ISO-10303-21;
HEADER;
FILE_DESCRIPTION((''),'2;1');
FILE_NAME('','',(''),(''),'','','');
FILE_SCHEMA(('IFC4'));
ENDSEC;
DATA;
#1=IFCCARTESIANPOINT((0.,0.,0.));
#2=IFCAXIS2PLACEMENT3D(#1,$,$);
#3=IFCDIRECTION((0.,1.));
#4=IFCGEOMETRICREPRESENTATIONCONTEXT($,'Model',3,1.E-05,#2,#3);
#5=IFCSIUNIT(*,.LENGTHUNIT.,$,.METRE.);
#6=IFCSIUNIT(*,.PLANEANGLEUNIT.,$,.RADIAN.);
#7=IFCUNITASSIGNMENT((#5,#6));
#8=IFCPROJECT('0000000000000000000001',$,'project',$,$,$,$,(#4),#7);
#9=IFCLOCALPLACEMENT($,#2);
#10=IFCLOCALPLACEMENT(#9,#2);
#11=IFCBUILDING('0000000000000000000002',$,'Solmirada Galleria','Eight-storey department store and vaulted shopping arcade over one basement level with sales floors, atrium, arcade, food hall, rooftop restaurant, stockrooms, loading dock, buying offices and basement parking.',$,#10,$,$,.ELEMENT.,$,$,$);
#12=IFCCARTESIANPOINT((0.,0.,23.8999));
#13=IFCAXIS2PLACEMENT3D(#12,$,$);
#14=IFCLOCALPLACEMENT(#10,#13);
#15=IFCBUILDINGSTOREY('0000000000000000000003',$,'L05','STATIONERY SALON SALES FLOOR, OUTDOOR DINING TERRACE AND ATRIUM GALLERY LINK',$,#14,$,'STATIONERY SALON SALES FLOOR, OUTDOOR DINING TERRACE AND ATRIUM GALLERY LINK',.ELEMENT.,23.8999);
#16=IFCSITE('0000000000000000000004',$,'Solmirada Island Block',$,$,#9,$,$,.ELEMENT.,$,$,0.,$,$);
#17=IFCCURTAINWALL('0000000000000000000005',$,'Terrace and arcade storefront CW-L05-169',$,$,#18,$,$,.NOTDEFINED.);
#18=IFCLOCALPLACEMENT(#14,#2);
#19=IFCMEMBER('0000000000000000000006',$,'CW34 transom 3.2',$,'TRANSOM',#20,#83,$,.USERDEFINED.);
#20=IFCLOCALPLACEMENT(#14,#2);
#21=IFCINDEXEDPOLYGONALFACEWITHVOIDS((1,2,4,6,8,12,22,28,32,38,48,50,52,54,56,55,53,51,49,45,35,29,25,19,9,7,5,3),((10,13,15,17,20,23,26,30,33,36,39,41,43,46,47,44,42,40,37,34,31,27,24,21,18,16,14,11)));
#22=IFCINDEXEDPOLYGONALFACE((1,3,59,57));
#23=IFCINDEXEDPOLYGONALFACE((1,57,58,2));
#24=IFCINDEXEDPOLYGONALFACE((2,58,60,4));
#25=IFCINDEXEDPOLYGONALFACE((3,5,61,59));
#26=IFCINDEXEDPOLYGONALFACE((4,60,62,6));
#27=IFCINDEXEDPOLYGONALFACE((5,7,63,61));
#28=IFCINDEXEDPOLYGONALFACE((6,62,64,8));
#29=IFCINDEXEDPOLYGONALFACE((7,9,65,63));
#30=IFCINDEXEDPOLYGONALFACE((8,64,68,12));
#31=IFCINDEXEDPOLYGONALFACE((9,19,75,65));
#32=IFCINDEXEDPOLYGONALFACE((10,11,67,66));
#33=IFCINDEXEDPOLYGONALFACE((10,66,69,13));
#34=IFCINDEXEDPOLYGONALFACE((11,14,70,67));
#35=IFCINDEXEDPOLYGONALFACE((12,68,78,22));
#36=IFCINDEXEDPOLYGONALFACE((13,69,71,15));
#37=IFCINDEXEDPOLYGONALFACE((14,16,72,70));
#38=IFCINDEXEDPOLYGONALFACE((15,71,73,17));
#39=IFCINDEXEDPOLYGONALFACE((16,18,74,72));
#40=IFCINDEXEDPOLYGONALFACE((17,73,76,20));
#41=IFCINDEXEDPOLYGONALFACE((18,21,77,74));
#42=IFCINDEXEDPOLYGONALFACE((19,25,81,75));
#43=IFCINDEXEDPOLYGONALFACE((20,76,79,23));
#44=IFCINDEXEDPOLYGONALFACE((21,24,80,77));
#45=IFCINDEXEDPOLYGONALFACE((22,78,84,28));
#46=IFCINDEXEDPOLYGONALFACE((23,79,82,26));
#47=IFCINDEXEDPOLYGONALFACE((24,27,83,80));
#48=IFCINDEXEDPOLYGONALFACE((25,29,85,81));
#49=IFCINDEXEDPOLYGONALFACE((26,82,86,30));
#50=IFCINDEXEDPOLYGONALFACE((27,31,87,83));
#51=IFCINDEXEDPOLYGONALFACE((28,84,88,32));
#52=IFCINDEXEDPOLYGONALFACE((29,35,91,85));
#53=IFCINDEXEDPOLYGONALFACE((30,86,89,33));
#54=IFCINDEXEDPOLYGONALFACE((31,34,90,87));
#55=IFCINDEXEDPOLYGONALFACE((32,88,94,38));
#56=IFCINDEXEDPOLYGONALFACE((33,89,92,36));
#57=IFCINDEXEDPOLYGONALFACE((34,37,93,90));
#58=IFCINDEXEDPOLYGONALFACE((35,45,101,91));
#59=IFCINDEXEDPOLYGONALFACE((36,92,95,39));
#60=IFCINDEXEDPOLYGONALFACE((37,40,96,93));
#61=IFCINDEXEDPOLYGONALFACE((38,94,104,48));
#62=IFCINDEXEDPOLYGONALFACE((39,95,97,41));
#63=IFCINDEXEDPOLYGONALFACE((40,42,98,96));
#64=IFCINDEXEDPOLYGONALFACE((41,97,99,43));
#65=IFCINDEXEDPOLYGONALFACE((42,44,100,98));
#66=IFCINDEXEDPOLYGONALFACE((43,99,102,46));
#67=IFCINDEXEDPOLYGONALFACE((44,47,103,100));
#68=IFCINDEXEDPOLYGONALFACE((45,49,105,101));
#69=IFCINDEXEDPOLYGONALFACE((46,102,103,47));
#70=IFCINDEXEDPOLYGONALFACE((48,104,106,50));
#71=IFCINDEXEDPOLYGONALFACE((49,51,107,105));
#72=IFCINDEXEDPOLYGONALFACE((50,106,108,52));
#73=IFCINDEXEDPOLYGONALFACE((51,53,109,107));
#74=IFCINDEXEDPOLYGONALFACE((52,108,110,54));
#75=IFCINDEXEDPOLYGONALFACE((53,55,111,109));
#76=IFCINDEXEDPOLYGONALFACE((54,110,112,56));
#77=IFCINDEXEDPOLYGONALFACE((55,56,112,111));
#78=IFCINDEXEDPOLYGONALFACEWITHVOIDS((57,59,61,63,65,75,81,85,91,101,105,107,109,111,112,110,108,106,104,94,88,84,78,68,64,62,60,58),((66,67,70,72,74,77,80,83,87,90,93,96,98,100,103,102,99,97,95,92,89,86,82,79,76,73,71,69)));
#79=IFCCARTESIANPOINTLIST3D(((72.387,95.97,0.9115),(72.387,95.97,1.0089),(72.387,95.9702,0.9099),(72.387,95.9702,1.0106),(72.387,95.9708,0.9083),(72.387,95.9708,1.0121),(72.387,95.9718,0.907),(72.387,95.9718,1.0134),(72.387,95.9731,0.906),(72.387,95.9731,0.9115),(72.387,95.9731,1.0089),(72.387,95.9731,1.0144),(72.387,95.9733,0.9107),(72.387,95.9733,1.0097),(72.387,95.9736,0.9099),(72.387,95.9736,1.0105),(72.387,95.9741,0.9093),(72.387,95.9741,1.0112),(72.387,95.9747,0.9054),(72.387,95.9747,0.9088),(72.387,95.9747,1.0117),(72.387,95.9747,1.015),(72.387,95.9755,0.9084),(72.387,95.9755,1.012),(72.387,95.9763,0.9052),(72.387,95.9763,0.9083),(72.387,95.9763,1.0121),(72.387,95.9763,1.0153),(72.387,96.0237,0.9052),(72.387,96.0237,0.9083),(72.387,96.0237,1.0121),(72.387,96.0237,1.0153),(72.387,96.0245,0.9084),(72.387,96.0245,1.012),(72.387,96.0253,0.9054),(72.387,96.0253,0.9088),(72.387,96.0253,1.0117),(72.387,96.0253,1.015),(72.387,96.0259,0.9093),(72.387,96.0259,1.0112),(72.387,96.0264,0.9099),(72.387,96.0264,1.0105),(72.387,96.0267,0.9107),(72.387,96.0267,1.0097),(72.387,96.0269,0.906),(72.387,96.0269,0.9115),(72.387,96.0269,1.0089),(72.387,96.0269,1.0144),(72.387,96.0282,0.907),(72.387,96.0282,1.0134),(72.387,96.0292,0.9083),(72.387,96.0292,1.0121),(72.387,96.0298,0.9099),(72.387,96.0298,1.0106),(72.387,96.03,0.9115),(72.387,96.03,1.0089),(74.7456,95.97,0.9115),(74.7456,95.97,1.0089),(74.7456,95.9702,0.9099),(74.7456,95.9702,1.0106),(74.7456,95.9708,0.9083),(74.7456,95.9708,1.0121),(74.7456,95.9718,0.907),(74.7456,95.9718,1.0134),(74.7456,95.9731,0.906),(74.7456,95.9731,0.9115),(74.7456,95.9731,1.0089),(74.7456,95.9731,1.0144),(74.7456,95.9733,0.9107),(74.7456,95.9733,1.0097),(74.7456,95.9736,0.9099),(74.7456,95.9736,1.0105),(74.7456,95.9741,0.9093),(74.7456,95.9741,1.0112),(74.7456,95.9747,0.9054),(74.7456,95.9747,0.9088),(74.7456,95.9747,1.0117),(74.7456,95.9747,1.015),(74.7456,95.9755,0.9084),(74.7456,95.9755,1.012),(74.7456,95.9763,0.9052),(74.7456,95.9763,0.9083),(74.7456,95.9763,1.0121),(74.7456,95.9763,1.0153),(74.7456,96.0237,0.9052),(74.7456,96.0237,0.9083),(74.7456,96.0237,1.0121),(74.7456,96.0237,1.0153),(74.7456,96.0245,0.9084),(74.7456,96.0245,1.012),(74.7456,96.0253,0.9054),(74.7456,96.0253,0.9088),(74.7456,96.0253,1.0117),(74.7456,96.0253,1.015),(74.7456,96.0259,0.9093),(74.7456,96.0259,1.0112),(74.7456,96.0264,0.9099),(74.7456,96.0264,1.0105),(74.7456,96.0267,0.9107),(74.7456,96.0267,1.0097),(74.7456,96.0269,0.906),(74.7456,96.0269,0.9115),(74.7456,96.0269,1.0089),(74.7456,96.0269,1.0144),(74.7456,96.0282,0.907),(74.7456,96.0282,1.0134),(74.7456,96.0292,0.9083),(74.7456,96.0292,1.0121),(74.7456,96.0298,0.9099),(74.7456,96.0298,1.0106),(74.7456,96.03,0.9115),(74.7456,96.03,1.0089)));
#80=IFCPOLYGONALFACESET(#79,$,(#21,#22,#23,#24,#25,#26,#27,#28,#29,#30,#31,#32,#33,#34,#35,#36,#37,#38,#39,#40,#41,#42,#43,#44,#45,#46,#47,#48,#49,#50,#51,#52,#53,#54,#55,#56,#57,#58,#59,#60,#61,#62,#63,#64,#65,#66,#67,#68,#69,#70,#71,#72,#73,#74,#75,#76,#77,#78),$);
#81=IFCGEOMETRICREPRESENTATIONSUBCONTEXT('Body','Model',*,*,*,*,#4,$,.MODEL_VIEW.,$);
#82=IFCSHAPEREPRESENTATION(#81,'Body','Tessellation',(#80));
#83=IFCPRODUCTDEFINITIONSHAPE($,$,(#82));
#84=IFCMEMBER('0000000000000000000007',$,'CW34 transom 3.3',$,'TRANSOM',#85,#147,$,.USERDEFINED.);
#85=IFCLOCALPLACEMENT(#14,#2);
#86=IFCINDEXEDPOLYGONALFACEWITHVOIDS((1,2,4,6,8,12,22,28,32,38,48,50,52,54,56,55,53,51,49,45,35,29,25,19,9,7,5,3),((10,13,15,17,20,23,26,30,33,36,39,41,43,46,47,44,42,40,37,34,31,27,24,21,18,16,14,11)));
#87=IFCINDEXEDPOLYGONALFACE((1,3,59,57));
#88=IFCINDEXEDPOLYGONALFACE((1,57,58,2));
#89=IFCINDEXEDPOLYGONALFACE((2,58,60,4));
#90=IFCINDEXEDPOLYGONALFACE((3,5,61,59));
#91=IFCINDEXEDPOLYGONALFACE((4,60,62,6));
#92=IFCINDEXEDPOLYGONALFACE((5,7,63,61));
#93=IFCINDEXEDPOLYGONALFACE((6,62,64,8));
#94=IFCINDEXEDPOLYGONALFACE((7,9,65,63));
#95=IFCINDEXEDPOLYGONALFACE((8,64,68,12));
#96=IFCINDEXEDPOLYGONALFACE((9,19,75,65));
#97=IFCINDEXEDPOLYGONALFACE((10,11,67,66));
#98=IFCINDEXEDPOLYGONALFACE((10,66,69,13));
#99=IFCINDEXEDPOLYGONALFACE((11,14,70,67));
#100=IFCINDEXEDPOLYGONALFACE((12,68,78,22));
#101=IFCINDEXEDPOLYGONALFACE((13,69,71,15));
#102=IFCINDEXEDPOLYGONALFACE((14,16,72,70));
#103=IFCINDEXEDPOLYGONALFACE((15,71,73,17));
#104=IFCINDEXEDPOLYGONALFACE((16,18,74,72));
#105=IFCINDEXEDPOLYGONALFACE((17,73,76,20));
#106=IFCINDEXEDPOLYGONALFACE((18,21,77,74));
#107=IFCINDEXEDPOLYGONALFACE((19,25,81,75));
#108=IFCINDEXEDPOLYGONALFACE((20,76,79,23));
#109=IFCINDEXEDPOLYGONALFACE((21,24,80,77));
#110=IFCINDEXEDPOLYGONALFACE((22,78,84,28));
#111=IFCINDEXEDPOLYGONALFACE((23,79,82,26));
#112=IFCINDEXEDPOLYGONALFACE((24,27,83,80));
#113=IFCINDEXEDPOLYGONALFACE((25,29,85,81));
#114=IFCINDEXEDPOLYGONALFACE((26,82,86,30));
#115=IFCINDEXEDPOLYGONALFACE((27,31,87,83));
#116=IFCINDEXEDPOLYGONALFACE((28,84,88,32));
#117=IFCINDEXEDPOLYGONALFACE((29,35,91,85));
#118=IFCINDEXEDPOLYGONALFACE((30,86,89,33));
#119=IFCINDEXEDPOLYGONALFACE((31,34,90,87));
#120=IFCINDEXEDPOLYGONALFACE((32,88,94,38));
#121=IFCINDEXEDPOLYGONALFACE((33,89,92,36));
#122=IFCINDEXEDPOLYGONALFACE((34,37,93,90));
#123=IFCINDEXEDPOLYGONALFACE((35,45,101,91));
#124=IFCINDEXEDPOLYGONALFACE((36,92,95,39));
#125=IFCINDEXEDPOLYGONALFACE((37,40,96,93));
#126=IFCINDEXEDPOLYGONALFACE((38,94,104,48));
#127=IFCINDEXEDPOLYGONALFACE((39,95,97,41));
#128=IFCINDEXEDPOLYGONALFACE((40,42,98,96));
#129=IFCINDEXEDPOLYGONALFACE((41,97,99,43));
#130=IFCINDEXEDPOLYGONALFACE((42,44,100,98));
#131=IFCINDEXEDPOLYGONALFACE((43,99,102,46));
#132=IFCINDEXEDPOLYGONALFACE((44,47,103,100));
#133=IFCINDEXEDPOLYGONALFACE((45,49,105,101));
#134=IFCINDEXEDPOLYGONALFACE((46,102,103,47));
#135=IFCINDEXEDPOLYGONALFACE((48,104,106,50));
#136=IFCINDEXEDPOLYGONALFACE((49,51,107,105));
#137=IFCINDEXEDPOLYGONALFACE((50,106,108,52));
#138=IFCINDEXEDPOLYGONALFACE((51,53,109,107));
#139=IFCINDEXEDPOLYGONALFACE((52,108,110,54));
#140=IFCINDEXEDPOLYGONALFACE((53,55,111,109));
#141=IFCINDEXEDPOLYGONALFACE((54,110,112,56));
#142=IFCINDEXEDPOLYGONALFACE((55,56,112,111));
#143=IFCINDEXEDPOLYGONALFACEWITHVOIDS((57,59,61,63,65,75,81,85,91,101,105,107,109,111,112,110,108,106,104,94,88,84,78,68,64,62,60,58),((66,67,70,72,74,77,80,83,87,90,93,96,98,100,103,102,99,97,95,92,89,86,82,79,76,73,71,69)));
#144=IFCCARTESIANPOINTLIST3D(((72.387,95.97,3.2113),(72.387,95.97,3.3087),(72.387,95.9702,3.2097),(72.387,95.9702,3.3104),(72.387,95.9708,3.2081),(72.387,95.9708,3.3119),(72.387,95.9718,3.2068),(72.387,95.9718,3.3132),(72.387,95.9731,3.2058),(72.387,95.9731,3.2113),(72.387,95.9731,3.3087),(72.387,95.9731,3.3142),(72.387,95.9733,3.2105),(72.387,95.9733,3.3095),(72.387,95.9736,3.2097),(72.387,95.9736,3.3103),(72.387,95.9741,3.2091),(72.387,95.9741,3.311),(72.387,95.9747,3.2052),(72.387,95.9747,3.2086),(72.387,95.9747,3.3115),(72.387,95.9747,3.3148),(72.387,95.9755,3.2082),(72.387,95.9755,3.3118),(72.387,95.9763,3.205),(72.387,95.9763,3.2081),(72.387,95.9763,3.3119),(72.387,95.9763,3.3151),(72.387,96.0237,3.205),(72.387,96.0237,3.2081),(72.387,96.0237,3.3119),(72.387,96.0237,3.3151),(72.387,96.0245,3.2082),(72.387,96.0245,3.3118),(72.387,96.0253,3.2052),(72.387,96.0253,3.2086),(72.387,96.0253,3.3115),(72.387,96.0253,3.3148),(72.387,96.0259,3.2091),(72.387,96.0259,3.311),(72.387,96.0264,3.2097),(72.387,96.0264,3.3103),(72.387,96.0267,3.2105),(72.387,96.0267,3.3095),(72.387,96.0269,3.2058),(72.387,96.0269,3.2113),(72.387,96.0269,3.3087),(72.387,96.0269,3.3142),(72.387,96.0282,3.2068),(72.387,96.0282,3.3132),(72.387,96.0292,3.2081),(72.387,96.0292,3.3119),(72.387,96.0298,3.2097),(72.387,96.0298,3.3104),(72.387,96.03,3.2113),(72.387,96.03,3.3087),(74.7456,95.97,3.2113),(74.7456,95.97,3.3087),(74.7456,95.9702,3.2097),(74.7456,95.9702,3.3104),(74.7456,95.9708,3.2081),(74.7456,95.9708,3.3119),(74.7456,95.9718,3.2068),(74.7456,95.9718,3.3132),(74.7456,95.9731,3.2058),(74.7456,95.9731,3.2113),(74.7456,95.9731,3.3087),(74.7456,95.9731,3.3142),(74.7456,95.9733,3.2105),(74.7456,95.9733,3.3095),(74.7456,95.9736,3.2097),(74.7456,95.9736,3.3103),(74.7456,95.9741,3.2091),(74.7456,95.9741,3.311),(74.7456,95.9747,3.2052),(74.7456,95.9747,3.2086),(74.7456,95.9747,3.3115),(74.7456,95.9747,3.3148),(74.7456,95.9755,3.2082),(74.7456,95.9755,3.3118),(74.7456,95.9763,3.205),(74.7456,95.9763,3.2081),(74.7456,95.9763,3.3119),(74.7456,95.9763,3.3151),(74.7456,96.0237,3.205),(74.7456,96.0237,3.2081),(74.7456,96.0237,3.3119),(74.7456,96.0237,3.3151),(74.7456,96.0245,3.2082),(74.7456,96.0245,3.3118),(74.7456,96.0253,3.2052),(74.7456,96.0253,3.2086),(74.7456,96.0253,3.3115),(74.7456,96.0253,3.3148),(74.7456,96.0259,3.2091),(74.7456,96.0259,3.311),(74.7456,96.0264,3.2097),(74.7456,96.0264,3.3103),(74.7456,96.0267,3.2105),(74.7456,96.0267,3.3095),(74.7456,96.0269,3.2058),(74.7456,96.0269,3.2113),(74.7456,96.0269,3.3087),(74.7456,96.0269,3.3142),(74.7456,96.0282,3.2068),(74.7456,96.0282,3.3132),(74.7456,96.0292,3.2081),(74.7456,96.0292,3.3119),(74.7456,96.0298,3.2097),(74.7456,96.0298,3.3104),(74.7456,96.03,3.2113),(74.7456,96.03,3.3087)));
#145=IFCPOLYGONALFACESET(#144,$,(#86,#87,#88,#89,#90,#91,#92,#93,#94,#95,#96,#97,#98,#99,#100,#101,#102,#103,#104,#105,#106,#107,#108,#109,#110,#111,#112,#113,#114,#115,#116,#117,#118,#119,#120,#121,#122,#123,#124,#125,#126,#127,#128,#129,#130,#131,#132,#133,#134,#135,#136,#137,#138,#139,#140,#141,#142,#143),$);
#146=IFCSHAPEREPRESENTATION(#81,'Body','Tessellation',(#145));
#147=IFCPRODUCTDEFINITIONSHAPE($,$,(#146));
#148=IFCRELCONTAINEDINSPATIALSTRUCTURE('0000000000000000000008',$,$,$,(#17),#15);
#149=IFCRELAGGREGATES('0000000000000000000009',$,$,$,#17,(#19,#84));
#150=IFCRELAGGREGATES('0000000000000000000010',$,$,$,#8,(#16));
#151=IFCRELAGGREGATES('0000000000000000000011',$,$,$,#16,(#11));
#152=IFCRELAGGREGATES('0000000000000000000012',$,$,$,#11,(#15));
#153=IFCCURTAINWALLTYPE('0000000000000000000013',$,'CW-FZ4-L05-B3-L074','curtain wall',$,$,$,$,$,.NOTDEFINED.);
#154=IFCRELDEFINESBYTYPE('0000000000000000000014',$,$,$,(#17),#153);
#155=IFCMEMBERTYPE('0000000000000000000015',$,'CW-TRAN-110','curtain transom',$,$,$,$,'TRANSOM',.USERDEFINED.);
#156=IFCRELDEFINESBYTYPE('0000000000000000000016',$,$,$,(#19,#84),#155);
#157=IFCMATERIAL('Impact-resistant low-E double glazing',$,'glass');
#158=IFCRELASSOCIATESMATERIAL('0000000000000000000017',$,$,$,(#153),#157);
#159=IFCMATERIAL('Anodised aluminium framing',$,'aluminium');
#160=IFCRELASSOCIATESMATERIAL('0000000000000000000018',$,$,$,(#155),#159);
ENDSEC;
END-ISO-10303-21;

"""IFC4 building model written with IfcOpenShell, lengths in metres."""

from ifc_helpers import new_model, si_unit, direction, frame, origin, origin_2d, place, context, subcontext, project, spatial, hollow_rectangle, extrude, material, material_profile, profile_set, type_object, element, aggregate, save


model = new_model("IFC4")

# Units and contexts
model_context = context("Model", 3, precision=1e-05, world=origin(), true_north=direction((0.0, 1.0)))
body_context = subcontext(model_context, "Body", "Model", "MODEL_VIEW")
ifc_project = project(units=[si_unit("LENGTHUNIT", "METRE"), si_unit("PLANEANGLEUNIT", "RADIAN")], contexts=[model_context])

# Site, building, storey
site_placement = place(None, origin())
site = spatial("IfcSite", under=ifc_project, at=site_placement, Name="Solmirada Island Block", CompositionType="ELEMENT", RefElevation=0.0)
building_placement = place(site_placement, origin())
building = spatial("IfcBuilding", under=site, at=building_placement, Name="Solmirada Galleria", Description="Eight-storey department store and vaulted shopping arcade over one basement level with sales floors, atrium, arcade, food hall, rooftop restaurant, stockrooms, loading dock, buying offices and basement parking.", CompositionType="ELEMENT")
storey_placement = place(building_placement, frame((0.0, 0.0, 23.8999)))
storey = spatial("IfcBuildingStorey", under=building, at=storey_placement, Name="L05", Description="STATIONERY SALON SALES FLOOR, OUTDOOR DINING TERRACE AND ATRIUM GALLERY LINK", LongName="STATIONERY SALON SALES FLOOR, OUTDOOR DINING TERRACE AND ATRIUM GALLERY LINK", CompositionType="ELEMENT", Elevation=23.8999)

# Curtain wall, members
ifc_material_1 = material(Name="Impact-resistant low-E double glazing", Category="glass")
curtain_wall_type = type_object("IfcCurtainWallType", Name="CW-FZ4-L05-B3-L074", Description="curtain wall", PredefinedType="NOTDEFINED", material=ifc_material_1)
curtain_wall_placement = place(storey_placement, origin())
curtain_wall = element("IfcCurtainWall", 1, at=curtain_wall_placement, inside=storey, type_object=curtain_wall_type, Name="Terrace and arcade storefront CW-L05-169", PredefinedType="NOTDEFINED")
ifc_material_2 = material(Name="Anodised aluminium framing", Category="aluminium")
ifc_material_profile_1 = material_profile(ifc_material_2, hollow_rectangle(XDim=0.0601, YDim=0.1101, WallThickness=0.0032, InnerFilletRadius=0.0032, OuterFilletRadius=0.0063, at=origin_2d()), Name="ALU-TRAN-110X60")
ifc_profile_set_1 = profile_set([ifc_material_profile_1], Name="Anodised aluminium framing")
member_type_1 = type_object("IfcMemberType", Name="CW-TRAN-110", Description="curtain transom", ElementType="TRANSOM", PredefinedType="USERDEFINED", material=ifc_profile_set_1)
member_1_placement = place(storey_placement, frame((74.7456, 96.0, 0.9602), z_axis=(-1.0, 0.0, 0.0), x_axis=(0.0, -1.0, 0.0)))
member_1 = element("IfcMember", 2, at=member_1_placement, type_object=member_type_1, Name="CW34 transom 3.2", ObjectType="TRANSOM", PredefinedType="USERDEFINED", context=body_context, shape_type="SweptSolid", body=[
    extrude(hollow_rectangle(XDim=0.0601, YDim=0.1101, WallThickness=0.0032, InnerFilletRadius=0.0032, OuterFilletRadius=0.0063, at=origin_2d()), origin(), (0.0, 0.0, 1.0), 2.3586),
])
member_2_placement = place(storey_placement, frame((74.7456, 96.0, 3.26), z_axis=(-1.0, 0.0, 0.0), x_axis=(0.0, -1.0, 0.0)))
member_2 = element("IfcMember", 3, at=member_2_placement, type_object=member_type_1, Name="CW34 transom 3.3", ObjectType="TRANSOM", PredefinedType="USERDEFINED", context=body_context, shape_type="SweptSolid", body=[
    extrude(hollow_rectangle(XDim=0.0601, YDim=0.1101, WallThickness=0.0032, InnerFilletRadius=0.0032, OuterFilletRadius=0.0063, at=origin_2d()), origin(), (0.0, 0.0, 1.0), 2.3586),
])
aggregate(curtain_wall, [member_1, member_2])

save(model, "model.ifc")
